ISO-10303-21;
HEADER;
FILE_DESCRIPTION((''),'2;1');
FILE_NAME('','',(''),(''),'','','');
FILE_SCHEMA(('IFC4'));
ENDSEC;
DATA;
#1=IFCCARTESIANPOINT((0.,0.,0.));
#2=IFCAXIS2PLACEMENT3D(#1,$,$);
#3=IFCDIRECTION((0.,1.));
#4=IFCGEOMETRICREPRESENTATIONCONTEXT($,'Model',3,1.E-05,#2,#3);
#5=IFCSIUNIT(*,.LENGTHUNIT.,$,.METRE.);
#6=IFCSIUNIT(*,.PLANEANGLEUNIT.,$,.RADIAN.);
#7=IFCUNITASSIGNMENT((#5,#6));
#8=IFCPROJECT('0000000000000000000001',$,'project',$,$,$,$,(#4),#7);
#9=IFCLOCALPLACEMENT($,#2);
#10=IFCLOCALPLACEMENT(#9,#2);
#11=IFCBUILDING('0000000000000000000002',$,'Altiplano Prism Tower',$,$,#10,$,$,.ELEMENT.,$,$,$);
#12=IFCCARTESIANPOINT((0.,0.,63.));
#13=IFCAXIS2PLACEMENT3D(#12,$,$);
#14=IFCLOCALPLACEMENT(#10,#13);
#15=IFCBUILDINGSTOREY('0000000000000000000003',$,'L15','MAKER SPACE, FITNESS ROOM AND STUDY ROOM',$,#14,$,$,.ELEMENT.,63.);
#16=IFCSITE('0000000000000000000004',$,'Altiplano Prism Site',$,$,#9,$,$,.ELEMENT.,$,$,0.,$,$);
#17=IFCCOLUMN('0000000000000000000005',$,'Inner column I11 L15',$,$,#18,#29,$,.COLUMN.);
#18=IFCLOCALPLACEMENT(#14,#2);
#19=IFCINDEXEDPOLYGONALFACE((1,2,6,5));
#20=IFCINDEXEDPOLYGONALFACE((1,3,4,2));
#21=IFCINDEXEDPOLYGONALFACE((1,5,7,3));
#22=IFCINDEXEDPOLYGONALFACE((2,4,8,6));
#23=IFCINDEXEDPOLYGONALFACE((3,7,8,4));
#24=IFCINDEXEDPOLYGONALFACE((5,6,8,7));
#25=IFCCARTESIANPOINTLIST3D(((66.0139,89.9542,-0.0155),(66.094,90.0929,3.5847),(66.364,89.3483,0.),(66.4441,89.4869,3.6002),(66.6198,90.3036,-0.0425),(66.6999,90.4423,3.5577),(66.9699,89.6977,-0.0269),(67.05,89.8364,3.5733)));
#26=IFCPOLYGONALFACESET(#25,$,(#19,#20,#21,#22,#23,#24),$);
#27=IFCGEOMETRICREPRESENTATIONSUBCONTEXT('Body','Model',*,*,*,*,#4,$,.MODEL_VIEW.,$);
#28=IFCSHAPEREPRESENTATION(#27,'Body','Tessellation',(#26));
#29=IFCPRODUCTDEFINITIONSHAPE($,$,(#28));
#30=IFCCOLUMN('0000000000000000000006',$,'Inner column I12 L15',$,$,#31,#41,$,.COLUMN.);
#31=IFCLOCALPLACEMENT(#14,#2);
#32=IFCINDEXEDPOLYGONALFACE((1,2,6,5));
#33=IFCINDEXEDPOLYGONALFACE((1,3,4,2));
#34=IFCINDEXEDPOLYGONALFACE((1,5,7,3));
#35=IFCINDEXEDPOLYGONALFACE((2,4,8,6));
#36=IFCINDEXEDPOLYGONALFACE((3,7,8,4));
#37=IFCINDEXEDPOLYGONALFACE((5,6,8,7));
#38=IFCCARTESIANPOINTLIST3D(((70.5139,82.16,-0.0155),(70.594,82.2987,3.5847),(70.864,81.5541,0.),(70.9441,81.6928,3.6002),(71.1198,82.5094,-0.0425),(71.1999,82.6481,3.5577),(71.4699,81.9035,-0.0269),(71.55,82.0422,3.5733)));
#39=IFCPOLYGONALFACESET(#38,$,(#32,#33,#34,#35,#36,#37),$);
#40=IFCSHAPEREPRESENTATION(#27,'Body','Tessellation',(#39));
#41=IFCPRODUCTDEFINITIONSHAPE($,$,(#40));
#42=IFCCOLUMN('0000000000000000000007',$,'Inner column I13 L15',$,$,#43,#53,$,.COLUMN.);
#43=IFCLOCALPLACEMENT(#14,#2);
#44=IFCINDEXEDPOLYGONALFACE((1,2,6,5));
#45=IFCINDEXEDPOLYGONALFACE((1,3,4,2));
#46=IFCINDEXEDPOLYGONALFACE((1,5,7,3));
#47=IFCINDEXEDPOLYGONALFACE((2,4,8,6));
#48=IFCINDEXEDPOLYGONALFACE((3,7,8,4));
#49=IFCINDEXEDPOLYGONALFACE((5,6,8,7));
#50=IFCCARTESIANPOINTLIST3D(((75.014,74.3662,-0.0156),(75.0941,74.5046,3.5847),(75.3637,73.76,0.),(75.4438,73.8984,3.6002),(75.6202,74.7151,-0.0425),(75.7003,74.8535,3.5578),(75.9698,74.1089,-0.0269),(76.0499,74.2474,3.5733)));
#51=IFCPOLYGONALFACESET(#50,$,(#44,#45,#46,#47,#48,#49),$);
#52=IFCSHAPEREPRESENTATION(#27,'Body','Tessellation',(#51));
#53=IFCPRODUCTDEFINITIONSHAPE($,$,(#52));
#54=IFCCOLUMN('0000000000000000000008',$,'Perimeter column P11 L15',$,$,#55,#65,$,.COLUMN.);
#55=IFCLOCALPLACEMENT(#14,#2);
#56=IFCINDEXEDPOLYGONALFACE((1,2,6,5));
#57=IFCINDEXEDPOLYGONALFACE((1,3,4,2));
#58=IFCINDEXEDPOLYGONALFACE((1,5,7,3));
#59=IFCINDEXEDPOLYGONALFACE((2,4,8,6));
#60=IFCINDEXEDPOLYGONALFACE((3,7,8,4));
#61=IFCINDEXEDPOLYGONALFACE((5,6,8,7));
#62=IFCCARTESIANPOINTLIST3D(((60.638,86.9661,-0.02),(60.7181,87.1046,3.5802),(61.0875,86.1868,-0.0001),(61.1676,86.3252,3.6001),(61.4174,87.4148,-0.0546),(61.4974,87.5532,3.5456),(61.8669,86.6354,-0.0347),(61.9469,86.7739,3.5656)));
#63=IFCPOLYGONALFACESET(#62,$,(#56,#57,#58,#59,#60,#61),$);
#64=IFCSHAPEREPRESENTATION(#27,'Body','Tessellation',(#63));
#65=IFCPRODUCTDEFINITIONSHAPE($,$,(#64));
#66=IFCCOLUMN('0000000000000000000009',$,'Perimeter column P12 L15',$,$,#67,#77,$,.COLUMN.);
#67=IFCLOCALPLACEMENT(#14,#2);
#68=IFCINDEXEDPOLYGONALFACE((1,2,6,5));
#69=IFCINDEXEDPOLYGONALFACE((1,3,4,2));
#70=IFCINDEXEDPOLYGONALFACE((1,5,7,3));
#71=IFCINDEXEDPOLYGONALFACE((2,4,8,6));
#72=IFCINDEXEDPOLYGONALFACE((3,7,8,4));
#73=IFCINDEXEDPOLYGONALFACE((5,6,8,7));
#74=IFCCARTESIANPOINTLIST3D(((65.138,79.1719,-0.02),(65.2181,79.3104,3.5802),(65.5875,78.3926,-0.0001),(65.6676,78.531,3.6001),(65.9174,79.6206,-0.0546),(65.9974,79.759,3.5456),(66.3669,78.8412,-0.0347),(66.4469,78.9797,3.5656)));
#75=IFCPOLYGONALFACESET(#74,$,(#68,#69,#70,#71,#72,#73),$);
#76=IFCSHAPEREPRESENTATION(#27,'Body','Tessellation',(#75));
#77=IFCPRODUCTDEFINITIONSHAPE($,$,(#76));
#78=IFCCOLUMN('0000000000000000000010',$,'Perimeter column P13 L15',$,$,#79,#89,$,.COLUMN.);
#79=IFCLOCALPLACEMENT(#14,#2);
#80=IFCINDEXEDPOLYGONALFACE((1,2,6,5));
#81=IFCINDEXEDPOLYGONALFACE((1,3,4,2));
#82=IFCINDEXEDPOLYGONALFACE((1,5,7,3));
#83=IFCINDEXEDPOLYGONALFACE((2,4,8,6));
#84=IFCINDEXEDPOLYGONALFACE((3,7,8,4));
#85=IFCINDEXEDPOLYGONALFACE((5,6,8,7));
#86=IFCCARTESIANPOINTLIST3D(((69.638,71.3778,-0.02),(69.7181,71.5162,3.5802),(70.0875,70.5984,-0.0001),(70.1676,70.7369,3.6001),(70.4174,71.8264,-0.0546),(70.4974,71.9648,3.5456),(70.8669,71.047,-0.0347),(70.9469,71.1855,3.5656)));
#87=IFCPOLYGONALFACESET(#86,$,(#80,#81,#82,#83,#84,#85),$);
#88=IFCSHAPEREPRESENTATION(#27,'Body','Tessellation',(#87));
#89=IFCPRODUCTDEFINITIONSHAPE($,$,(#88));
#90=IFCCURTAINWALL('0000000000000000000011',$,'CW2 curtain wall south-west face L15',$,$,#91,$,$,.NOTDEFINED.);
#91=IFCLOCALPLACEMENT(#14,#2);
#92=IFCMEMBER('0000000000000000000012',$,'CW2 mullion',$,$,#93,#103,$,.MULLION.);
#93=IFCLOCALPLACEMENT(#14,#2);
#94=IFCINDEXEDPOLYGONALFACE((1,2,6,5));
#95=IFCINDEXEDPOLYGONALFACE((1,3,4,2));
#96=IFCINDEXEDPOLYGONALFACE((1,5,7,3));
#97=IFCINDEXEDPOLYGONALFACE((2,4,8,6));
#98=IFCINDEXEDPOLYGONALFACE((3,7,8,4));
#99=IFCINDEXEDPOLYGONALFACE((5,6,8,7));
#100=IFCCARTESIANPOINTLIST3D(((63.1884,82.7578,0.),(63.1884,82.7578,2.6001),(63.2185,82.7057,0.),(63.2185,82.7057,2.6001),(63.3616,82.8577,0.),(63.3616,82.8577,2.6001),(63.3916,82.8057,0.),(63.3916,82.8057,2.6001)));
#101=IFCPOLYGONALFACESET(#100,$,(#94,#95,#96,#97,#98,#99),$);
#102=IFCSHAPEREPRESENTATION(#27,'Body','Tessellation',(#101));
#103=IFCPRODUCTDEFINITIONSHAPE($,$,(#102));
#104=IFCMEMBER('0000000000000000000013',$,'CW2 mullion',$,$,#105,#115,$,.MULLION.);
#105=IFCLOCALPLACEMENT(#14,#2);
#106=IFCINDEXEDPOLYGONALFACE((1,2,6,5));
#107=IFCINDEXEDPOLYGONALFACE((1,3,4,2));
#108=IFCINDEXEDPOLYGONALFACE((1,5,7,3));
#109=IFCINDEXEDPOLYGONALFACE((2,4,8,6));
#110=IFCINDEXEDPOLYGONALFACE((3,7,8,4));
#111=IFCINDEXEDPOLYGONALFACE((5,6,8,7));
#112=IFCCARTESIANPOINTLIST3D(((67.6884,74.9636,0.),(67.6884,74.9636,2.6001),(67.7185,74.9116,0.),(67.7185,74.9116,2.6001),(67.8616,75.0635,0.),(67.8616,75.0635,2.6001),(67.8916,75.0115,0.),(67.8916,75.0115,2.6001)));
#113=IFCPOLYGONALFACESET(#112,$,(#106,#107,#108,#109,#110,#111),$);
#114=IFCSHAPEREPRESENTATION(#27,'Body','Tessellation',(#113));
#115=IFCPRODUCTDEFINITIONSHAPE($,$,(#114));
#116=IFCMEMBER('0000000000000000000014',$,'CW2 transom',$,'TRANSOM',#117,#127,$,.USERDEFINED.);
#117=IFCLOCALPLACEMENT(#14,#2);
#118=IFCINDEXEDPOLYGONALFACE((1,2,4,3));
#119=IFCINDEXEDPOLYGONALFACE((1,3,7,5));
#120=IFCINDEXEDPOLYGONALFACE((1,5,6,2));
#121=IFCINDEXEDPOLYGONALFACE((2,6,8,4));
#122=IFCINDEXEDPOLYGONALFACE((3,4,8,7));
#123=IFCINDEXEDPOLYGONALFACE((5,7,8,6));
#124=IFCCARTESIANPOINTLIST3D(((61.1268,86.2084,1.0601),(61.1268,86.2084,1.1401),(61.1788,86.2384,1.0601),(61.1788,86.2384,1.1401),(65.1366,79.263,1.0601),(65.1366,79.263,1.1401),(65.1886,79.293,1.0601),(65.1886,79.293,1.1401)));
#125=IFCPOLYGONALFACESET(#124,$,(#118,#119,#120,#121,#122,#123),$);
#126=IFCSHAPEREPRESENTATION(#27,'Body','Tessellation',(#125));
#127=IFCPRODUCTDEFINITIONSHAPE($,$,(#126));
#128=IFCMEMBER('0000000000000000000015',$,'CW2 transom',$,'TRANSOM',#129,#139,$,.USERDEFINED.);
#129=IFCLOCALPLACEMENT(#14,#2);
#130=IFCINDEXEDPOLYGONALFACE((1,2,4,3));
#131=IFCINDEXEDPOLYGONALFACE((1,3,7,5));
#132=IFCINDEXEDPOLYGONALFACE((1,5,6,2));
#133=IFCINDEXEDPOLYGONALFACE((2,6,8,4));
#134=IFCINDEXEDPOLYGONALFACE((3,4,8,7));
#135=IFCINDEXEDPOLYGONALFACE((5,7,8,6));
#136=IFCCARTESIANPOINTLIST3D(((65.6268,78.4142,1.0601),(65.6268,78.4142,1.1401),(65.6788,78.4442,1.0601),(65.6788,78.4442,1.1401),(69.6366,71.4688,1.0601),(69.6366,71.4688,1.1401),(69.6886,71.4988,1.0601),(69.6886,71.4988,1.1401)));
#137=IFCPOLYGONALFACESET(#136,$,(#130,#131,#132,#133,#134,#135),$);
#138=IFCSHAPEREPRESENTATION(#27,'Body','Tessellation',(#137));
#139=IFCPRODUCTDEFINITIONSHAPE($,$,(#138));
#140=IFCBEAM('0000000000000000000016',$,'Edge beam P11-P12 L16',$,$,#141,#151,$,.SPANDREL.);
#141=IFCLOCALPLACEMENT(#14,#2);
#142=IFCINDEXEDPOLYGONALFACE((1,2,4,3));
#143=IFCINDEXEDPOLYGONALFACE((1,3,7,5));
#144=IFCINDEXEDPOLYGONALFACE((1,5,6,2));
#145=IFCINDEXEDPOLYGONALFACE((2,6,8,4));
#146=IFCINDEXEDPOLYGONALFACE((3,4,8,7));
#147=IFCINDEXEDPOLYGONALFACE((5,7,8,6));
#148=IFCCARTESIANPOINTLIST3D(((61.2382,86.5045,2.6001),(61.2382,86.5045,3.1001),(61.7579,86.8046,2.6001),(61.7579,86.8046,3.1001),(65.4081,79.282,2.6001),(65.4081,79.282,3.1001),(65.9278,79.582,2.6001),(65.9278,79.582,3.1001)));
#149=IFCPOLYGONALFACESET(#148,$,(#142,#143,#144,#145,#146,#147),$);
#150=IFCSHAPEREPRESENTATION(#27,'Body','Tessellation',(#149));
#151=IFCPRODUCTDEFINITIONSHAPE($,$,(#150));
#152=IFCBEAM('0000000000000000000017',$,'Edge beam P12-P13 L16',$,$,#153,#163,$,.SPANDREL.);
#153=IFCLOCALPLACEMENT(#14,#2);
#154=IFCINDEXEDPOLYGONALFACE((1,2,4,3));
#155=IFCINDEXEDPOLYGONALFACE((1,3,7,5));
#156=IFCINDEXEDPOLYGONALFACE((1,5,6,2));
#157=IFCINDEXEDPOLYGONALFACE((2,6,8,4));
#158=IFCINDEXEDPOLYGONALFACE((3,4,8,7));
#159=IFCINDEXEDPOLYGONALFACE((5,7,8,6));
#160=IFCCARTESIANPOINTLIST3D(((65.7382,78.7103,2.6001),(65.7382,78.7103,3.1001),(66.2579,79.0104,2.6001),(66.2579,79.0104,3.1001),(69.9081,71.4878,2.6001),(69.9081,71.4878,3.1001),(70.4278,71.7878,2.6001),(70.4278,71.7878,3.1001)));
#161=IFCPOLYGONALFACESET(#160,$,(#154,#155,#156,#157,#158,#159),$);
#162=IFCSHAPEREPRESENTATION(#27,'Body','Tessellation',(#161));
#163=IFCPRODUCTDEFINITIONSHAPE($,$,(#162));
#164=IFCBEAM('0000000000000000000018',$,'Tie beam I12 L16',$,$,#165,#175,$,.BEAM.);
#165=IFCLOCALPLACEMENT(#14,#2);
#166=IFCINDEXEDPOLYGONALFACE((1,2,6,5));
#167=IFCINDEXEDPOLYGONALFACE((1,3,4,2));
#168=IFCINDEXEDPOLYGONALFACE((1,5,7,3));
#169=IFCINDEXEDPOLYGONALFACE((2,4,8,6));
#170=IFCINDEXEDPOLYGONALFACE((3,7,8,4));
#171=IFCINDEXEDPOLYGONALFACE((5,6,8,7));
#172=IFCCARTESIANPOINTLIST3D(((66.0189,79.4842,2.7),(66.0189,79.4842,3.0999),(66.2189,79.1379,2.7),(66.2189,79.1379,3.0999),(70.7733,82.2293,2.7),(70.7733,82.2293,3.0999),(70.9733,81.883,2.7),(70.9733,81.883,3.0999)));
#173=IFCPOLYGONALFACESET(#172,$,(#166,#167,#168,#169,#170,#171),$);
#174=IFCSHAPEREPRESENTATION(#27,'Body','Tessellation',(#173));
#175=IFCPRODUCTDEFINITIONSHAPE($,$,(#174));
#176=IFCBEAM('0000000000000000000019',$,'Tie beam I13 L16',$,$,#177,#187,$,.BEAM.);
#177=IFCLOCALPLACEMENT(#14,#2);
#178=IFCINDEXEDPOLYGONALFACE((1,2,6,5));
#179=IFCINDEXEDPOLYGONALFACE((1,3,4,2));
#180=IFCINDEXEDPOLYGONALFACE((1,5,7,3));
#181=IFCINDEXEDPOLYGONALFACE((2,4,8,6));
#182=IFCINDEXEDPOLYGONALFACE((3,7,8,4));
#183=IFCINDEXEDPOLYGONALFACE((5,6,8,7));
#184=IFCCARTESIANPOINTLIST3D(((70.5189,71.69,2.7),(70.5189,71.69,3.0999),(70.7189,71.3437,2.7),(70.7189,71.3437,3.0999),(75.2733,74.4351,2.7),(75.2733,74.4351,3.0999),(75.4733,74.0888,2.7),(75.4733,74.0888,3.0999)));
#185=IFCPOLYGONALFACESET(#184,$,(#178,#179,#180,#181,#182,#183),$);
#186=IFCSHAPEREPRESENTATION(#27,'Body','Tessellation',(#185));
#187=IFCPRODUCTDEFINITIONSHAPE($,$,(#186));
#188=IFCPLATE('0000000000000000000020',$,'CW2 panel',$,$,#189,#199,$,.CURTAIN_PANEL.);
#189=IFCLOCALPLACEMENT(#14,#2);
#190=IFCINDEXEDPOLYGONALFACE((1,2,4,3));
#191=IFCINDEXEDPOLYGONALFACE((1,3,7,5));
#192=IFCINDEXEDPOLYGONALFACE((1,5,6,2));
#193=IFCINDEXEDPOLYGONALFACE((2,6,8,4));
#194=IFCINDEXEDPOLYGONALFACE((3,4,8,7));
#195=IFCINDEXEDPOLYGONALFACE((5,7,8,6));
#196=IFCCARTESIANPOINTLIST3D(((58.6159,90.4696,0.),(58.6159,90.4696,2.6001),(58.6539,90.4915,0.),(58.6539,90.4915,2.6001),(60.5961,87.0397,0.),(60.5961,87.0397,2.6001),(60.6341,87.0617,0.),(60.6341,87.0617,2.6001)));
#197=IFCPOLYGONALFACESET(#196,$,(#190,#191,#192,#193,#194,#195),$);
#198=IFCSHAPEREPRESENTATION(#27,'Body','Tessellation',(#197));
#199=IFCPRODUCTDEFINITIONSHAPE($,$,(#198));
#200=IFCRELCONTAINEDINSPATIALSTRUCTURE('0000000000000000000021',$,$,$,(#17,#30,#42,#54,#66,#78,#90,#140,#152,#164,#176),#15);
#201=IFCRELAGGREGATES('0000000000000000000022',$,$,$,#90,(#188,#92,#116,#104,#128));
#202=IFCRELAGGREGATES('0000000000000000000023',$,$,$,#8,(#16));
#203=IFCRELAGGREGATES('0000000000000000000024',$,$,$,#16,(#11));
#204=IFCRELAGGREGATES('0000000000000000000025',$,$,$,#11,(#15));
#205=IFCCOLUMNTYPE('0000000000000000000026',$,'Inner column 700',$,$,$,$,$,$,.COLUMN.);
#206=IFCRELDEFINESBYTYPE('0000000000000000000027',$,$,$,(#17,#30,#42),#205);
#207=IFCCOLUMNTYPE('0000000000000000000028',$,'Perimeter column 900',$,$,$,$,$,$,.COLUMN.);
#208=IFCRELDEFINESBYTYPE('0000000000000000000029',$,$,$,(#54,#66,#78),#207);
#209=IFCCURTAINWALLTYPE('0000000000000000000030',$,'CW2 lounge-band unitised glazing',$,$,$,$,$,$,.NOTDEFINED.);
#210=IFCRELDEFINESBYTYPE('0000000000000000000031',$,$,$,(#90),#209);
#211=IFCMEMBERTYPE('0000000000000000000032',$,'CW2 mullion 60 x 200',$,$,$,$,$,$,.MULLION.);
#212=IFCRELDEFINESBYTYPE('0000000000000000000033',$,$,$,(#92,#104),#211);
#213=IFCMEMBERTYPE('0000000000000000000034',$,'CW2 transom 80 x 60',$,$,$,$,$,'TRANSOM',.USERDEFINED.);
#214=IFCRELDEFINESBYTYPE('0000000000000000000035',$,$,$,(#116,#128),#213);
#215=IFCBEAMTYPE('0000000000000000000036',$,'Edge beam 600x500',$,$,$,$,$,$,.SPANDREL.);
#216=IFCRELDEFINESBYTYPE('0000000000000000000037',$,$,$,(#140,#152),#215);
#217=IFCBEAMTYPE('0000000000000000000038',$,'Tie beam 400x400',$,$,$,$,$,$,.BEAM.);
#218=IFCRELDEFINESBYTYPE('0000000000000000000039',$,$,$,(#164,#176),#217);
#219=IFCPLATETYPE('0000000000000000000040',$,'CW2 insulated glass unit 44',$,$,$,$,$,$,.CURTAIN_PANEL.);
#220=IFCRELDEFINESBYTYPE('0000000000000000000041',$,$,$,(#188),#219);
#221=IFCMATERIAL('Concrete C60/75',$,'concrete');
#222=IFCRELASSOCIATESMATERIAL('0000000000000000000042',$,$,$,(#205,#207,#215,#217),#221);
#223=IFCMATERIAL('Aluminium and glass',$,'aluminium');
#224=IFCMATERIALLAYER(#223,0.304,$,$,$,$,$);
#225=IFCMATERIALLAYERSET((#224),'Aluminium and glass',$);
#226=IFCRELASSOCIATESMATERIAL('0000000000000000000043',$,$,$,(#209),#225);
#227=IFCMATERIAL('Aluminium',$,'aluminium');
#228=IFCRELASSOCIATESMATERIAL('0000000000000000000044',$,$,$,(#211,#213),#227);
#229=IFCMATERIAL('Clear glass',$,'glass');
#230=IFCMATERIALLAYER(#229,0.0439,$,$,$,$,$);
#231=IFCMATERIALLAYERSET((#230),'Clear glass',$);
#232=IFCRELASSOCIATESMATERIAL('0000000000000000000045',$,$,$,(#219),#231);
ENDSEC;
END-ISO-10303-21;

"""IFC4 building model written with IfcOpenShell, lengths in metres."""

from ifc_helpers import new_model, si_unit, direction, frame, origin, origin_2d, place, context, subcontext, project, spatial, rectangle, extrude, material, layer, layer_set, material_profile, profile_set, type_object, element, aggregate, save


model = new_model("IFC4")

# Units and contexts
model_context = context("Model", 3, precision=1e-05, world=origin(), true_north=direction((0.0, 1.0)))
body_context = subcontext(model_context, "Body", "Model", "MODEL_VIEW")
ifc_project = project(units=[si_unit("LENGTHUNIT", "METRE"), si_unit("PLANEANGLEUNIT", "RADIAN")], contexts=[model_context])

# Site, building, storey
site_placement = place(None, origin())
site = spatial("IfcSite", under=ifc_project, at=site_placement, Name="Altiplano Prism Site", CompositionType="ELEMENT", RefElevation=0.0)
building_placement = place(site_placement, origin())
building = spatial("IfcBuilding", under=site, at=building_placement, Name="Altiplano Prism Tower", CompositionType="ELEMENT")
storey_placement = place(building_placement, frame((0.0, 0.0, 63.0)))
storey = spatial("IfcBuildingStorey", under=building, at=storey_placement, Name="L15", Description="MAKER SPACE, FITNESS ROOM AND STUDY ROOM", CompositionType="ELEMENT", Elevation=63.0)

# Columns
ifc_material_1 = material(Name="Concrete C60/75", Category="concrete")
ifc_material_profile_1 = material_profile(ifc_material_1, rectangle(XDim=0.7, YDim=0.7, at=origin_2d()), Name="Inner column 700")
ifc_profile_set_1 = profile_set([ifc_material_profile_1], Name="Concrete C60/75")
column_type_1 = type_object("IfcColumnType", Name="Inner column 700", PredefinedType="COLUMN", material=ifc_profile_set_1)
for number, where, z_axis, x_axis, name in (
    (1, (66.4919, 89.8259, -0.0212), (0.022221, 0.038481, 0.999012), (-0.865637, -0.499191, 0.038483), "Inner column I11 L15"),
    (2, (70.9919, 82.0317, -0.0212), (0.022221, 0.038481, 0.999012), (-0.865639, -0.499187, 0.038483), "Inner column I12 L15"),
    (3, (75.4919, 74.2375, -0.0212), (0.022221, 0.038413, 0.999015), (-0.866024, -0.498523, 0.038432), "Inner column I13 L15"),
):
    element("IfcColumn", number, at=place(storey_placement, frame(where, z_axis=z_axis, x_axis=x_axis)), inside=storey, type_object=column_type_1, Name=name, PredefinedType="COLUMN", context=body_context, shape_type="SweptSolid", body=[
        extrude(rectangle(XDim=0.7, YDim=0.7, at=origin_2d()), origin(), (0.0, 0.0, 1.0), 3.6038),
    ])
ifc_material_profile_2 = material_profile(ifc_material_1, rectangle(XDim=0.8999, YDim=0.8999, at=origin_2d()), Name="Perimeter column 900")
ifc_profile_set_2 = profile_set([ifc_material_profile_2], Name="Concrete C60/75")
column_type_2 = type_object("IfcColumnType", Name="Perimeter column 900", PredefinedType="COLUMN", material=ifc_profile_set_2)
for number, where, z_axis, x_axis, name in (
    (4, (61.2524, 86.8008, -0.0273), (0.022221, 0.038413, 0.999015), (-0.866021, -0.498528, 0.038432), "Perimeter column P11 L15"),
    (5, (65.7524, 79.0066, -0.0273), (0.022221, 0.038413, 0.999015), (-0.866021, -0.498528, 0.038432), "Perimeter column P12 L15"),
    (6, (70.2524, 71.2124, -0.0273), (0.022221, 0.038413, 0.999015), (-0.866024, -0.498523, 0.038432), "Perimeter column P13 L15"),
):
    element("IfcColumn", number, at=place(storey_placement, frame(where, z_axis=z_axis, x_axis=x_axis)), inside=storey, type_object=column_type_2, Name=name, PredefinedType="COLUMN", context=body_context, shape_type="SweptSolid", body=[
        extrude(rectangle(XDim=0.8999, YDim=0.8999, at=origin_2d()), origin(), (0.0, 0.0, 1.0), 3.6038),
    ])

# Curtain wall, members
ifc_material_2 = material(Name="Aluminium and glass", Category="aluminium")
ifc_layer_1 = layer(ifc_material_2, 0.304)
ifc_layer_set_1 = layer_set([ifc_layer_1], Name="Aluminium and glass")
curtain_wall_type = type_object("IfcCurtainWallType", Name="CW2 lounge-band unitised glazing", PredefinedType="NOTDEFINED", material=ifc_layer_set_1)
curtain_wall_placement = place(storey_placement, origin())
curtain_wall = element("IfcCurtainWall", 7, at=curtain_wall_placement, inside=storey, type_object=curtain_wall_type, Name="CW2 curtain wall south-west face L15", PredefinedType="NOTDEFINED")
ifc_material_3 = material(Name="Aluminium", Category="aluminium")
ifc_material_profile_3 = material_profile(ifc_material_3, rectangle(XDim=0.2, YDim=0.0601, at=origin_2d()), Name="CW2 mullion 60 x 200")
ifc_profile_set_3 = profile_set([ifc_material_profile_3], Name="Aluminium")
member_type_1 = type_object("IfcMemberType", Name="CW2 mullion 60 x 200", PredefinedType="MULLION", material=ifc_profile_set_3)
member_1_placement = place(storey_placement, frame((63.29, 82.7817, 0.0), z_axis=(0.0, 0.0, 1.0), x_axis=(0.866025, 0.5, 0.0)))
member_1 = element("IfcMember", 8, at=member_1_placement, type_object=member_type_1, Name="CW2 mullion", PredefinedType="MULLION", context=body_context, shape_type="SweptSolid", body=[
    extrude(rectangle(XDim=0.2, YDim=0.0601, at=origin_2d()), origin(), (0.0, 0.0, 1.0), 2.6001),
])
member_2_placement = place(storey_placement, frame((67.79, 74.9875, 0.0), z_axis=(0.0, 0.0, 1.0), x_axis=(0.866025, 0.5, 0.0)))
member_2 = element("IfcMember", 9, at=member_2_placement, type_object=member_type_1, Name="CW2 mullion", PredefinedType="MULLION", context=body_context, shape_type="SweptSolid", body=[
    extrude(rectangle(XDim=0.2, YDim=0.0601, at=origin_2d()), origin(), (0.0, 0.0, 1.0), 2.6001),
])
ifc_material_profile_4 = material_profile(ifc_material_3, rectangle(XDim=0.0601, YDim=0.0801, at=origin_2d()), Name="CW2 transom 80 x 60")
ifc_profile_set_4 = profile_set([ifc_material_profile_4], Name="Aluminium")
member_type_2 = type_object("IfcMemberType", Name="CW2 transom 80 x 60", ElementType="TRANSOM", PredefinedType="USERDEFINED", material=ifc_profile_set_4)
member_3_placement = place(storey_placement, frame((61.1528, 86.2234, 1.1001), z_axis=(0.499989, -0.866031, 0.0), x_axis=(0.866031, 0.499989, 0.0)))
member_3 = element("IfcMember", 10, at=member_3_placement, type_object=member_type_2, Name="CW2 transom", ObjectType="TRANSOM", PredefinedType="USERDEFINED", context=body_context, shape_type="SweptSolid", body=[
    extrude(rectangle(XDim=0.0601, YDim=0.0801, at=origin_2d()), origin(), (0.0, 0.0, 1.0), 8.0198),
])
member_4_placement = place(storey_placement, frame((65.6528, 78.4292, 1.1001), z_axis=(0.499989, -0.866031, 0.0), x_axis=(0.866031, 0.499989, 0.0)))
member_4 = element("IfcMember", 11, at=member_4_placement, type_object=member_type_2, Name="CW2 transom", ObjectType="TRANSOM", PredefinedType="USERDEFINED", context=body_context, shape_type="SweptSolid", body=[
    extrude(rectangle(XDim=0.0601, YDim=0.0801, at=origin_2d()), origin(), (0.0, 0.0, 1.0), 8.0198),
])

# Beams
ifc_material_profile_5 = material_profile(ifc_material_1, rectangle(XDim=0.6001, YDim=0.5, at=origin_2d()), Name="Edge beam 600x500")
ifc_profile_set_5 = profile_set([ifc_material_profile_5], Name="Concrete C60/75")
beam_type_1 = type_object("IfcBeamType", Name="Edge beam 600x500", PredefinedType="SPANDREL", material=ifc_profile_set_5)
for number, where, z_axis, x_axis, name in (
    (12, (61.498, 86.6545, 2.8501), (0.499993, -0.86603, 0.0), (0.86603, 0.499993, 0.0), "Edge beam P11-P12 L16"),
    (13, (65.998, 78.8604, 2.8501), (0.499993, -0.86603, 0.0), (0.86603, 0.499993, 0.0), "Edge beam P12-P13 L16"),
):
    element("IfcBeam", number, at=place(storey_placement, frame(where, z_axis=z_axis, x_axis=x_axis)), inside=storey, type_object=beam_type_1, Name=name, PredefinedType="SPANDREL", context=body_context, shape_type="SweptSolid", body=[
        extrude(rectangle(XDim=0.6001, YDim=0.5, at=origin_2d()), origin(), (0.0, 0.0, 1.0), 8.3398),
    ])
ifc_material_profile_6 = material_profile(ifc_material_1, rectangle(XDim=0.3999, YDim=0.3999, at=origin_2d()), Name="Tie beam 400x400")
ifc_profile_set_6 = profile_set([ifc_material_profile_6], Name="Concrete C60/75")
beam_type_2 = type_object("IfcBeamType", Name="Tie beam 400x400", PredefinedType="BEAM", material=ifc_profile_set_6)
for number, where, z_axis, x_axis, name in (
    (14, (70.8733, 82.0562, 2.8999), (-0.866012, -0.500023, 0.0), (0.500023, -0.866012, 0.0), "Tie beam I12 L16"),
    (15, (75.3733, 74.262, 2.8999), (-0.866012, -0.500023, 0.0), (0.500023, -0.866012, 0.0), "Tie beam I13 L16"),
):
    element("IfcBeam", number, at=place(storey_placement, frame(where, z_axis=z_axis, x_axis=x_axis)), inside=storey, type_object=beam_type_2, Name=name, PredefinedType="BEAM", context=body_context, shape_type="SweptSolid", body=[
        extrude(rectangle(XDim=0.3999, YDim=0.3999, at=origin_2d()), origin(), (0.0, 0.0, 1.0), 5.49),
    ])

# Plate
ifc_material_4 = material(Name="Clear glass", Category="glass")
ifc_layer_2 = layer(ifc_material_4, 0.0439)
ifc_layer_set_2 = layer_set([ifc_layer_2], Name="Clear glass")
plate_type = type_object("IfcPlateType", Name="CW2 insulated glass unit 44", PredefinedType="CURTAIN_PANEL", material=ifc_layer_set_2)
plate_1_placement = place(storey_placement, frame((59.625, 88.7656, 0.0), z_axis=(0.0, 0.0, 1.0), x_axis=(0.5, -0.866025, 0.0)))
plate_1 = element("IfcPlate", 16, at=plate_1_placement, type_object=plate_type, Name="CW2 panel", PredefinedType="CURTAIN_PANEL", context=body_context, shape_type="SweptSolid", body=[
    extrude(rectangle(XDim=3.9604, YDim=0.0439, at=origin_2d()), origin(), (0.0, 0.0, 1.0), 2.6001),
])
aggregate(curtain_wall, [plate_1, member_1, member_3, member_2, member_4])

save(model, "model.ifc")
